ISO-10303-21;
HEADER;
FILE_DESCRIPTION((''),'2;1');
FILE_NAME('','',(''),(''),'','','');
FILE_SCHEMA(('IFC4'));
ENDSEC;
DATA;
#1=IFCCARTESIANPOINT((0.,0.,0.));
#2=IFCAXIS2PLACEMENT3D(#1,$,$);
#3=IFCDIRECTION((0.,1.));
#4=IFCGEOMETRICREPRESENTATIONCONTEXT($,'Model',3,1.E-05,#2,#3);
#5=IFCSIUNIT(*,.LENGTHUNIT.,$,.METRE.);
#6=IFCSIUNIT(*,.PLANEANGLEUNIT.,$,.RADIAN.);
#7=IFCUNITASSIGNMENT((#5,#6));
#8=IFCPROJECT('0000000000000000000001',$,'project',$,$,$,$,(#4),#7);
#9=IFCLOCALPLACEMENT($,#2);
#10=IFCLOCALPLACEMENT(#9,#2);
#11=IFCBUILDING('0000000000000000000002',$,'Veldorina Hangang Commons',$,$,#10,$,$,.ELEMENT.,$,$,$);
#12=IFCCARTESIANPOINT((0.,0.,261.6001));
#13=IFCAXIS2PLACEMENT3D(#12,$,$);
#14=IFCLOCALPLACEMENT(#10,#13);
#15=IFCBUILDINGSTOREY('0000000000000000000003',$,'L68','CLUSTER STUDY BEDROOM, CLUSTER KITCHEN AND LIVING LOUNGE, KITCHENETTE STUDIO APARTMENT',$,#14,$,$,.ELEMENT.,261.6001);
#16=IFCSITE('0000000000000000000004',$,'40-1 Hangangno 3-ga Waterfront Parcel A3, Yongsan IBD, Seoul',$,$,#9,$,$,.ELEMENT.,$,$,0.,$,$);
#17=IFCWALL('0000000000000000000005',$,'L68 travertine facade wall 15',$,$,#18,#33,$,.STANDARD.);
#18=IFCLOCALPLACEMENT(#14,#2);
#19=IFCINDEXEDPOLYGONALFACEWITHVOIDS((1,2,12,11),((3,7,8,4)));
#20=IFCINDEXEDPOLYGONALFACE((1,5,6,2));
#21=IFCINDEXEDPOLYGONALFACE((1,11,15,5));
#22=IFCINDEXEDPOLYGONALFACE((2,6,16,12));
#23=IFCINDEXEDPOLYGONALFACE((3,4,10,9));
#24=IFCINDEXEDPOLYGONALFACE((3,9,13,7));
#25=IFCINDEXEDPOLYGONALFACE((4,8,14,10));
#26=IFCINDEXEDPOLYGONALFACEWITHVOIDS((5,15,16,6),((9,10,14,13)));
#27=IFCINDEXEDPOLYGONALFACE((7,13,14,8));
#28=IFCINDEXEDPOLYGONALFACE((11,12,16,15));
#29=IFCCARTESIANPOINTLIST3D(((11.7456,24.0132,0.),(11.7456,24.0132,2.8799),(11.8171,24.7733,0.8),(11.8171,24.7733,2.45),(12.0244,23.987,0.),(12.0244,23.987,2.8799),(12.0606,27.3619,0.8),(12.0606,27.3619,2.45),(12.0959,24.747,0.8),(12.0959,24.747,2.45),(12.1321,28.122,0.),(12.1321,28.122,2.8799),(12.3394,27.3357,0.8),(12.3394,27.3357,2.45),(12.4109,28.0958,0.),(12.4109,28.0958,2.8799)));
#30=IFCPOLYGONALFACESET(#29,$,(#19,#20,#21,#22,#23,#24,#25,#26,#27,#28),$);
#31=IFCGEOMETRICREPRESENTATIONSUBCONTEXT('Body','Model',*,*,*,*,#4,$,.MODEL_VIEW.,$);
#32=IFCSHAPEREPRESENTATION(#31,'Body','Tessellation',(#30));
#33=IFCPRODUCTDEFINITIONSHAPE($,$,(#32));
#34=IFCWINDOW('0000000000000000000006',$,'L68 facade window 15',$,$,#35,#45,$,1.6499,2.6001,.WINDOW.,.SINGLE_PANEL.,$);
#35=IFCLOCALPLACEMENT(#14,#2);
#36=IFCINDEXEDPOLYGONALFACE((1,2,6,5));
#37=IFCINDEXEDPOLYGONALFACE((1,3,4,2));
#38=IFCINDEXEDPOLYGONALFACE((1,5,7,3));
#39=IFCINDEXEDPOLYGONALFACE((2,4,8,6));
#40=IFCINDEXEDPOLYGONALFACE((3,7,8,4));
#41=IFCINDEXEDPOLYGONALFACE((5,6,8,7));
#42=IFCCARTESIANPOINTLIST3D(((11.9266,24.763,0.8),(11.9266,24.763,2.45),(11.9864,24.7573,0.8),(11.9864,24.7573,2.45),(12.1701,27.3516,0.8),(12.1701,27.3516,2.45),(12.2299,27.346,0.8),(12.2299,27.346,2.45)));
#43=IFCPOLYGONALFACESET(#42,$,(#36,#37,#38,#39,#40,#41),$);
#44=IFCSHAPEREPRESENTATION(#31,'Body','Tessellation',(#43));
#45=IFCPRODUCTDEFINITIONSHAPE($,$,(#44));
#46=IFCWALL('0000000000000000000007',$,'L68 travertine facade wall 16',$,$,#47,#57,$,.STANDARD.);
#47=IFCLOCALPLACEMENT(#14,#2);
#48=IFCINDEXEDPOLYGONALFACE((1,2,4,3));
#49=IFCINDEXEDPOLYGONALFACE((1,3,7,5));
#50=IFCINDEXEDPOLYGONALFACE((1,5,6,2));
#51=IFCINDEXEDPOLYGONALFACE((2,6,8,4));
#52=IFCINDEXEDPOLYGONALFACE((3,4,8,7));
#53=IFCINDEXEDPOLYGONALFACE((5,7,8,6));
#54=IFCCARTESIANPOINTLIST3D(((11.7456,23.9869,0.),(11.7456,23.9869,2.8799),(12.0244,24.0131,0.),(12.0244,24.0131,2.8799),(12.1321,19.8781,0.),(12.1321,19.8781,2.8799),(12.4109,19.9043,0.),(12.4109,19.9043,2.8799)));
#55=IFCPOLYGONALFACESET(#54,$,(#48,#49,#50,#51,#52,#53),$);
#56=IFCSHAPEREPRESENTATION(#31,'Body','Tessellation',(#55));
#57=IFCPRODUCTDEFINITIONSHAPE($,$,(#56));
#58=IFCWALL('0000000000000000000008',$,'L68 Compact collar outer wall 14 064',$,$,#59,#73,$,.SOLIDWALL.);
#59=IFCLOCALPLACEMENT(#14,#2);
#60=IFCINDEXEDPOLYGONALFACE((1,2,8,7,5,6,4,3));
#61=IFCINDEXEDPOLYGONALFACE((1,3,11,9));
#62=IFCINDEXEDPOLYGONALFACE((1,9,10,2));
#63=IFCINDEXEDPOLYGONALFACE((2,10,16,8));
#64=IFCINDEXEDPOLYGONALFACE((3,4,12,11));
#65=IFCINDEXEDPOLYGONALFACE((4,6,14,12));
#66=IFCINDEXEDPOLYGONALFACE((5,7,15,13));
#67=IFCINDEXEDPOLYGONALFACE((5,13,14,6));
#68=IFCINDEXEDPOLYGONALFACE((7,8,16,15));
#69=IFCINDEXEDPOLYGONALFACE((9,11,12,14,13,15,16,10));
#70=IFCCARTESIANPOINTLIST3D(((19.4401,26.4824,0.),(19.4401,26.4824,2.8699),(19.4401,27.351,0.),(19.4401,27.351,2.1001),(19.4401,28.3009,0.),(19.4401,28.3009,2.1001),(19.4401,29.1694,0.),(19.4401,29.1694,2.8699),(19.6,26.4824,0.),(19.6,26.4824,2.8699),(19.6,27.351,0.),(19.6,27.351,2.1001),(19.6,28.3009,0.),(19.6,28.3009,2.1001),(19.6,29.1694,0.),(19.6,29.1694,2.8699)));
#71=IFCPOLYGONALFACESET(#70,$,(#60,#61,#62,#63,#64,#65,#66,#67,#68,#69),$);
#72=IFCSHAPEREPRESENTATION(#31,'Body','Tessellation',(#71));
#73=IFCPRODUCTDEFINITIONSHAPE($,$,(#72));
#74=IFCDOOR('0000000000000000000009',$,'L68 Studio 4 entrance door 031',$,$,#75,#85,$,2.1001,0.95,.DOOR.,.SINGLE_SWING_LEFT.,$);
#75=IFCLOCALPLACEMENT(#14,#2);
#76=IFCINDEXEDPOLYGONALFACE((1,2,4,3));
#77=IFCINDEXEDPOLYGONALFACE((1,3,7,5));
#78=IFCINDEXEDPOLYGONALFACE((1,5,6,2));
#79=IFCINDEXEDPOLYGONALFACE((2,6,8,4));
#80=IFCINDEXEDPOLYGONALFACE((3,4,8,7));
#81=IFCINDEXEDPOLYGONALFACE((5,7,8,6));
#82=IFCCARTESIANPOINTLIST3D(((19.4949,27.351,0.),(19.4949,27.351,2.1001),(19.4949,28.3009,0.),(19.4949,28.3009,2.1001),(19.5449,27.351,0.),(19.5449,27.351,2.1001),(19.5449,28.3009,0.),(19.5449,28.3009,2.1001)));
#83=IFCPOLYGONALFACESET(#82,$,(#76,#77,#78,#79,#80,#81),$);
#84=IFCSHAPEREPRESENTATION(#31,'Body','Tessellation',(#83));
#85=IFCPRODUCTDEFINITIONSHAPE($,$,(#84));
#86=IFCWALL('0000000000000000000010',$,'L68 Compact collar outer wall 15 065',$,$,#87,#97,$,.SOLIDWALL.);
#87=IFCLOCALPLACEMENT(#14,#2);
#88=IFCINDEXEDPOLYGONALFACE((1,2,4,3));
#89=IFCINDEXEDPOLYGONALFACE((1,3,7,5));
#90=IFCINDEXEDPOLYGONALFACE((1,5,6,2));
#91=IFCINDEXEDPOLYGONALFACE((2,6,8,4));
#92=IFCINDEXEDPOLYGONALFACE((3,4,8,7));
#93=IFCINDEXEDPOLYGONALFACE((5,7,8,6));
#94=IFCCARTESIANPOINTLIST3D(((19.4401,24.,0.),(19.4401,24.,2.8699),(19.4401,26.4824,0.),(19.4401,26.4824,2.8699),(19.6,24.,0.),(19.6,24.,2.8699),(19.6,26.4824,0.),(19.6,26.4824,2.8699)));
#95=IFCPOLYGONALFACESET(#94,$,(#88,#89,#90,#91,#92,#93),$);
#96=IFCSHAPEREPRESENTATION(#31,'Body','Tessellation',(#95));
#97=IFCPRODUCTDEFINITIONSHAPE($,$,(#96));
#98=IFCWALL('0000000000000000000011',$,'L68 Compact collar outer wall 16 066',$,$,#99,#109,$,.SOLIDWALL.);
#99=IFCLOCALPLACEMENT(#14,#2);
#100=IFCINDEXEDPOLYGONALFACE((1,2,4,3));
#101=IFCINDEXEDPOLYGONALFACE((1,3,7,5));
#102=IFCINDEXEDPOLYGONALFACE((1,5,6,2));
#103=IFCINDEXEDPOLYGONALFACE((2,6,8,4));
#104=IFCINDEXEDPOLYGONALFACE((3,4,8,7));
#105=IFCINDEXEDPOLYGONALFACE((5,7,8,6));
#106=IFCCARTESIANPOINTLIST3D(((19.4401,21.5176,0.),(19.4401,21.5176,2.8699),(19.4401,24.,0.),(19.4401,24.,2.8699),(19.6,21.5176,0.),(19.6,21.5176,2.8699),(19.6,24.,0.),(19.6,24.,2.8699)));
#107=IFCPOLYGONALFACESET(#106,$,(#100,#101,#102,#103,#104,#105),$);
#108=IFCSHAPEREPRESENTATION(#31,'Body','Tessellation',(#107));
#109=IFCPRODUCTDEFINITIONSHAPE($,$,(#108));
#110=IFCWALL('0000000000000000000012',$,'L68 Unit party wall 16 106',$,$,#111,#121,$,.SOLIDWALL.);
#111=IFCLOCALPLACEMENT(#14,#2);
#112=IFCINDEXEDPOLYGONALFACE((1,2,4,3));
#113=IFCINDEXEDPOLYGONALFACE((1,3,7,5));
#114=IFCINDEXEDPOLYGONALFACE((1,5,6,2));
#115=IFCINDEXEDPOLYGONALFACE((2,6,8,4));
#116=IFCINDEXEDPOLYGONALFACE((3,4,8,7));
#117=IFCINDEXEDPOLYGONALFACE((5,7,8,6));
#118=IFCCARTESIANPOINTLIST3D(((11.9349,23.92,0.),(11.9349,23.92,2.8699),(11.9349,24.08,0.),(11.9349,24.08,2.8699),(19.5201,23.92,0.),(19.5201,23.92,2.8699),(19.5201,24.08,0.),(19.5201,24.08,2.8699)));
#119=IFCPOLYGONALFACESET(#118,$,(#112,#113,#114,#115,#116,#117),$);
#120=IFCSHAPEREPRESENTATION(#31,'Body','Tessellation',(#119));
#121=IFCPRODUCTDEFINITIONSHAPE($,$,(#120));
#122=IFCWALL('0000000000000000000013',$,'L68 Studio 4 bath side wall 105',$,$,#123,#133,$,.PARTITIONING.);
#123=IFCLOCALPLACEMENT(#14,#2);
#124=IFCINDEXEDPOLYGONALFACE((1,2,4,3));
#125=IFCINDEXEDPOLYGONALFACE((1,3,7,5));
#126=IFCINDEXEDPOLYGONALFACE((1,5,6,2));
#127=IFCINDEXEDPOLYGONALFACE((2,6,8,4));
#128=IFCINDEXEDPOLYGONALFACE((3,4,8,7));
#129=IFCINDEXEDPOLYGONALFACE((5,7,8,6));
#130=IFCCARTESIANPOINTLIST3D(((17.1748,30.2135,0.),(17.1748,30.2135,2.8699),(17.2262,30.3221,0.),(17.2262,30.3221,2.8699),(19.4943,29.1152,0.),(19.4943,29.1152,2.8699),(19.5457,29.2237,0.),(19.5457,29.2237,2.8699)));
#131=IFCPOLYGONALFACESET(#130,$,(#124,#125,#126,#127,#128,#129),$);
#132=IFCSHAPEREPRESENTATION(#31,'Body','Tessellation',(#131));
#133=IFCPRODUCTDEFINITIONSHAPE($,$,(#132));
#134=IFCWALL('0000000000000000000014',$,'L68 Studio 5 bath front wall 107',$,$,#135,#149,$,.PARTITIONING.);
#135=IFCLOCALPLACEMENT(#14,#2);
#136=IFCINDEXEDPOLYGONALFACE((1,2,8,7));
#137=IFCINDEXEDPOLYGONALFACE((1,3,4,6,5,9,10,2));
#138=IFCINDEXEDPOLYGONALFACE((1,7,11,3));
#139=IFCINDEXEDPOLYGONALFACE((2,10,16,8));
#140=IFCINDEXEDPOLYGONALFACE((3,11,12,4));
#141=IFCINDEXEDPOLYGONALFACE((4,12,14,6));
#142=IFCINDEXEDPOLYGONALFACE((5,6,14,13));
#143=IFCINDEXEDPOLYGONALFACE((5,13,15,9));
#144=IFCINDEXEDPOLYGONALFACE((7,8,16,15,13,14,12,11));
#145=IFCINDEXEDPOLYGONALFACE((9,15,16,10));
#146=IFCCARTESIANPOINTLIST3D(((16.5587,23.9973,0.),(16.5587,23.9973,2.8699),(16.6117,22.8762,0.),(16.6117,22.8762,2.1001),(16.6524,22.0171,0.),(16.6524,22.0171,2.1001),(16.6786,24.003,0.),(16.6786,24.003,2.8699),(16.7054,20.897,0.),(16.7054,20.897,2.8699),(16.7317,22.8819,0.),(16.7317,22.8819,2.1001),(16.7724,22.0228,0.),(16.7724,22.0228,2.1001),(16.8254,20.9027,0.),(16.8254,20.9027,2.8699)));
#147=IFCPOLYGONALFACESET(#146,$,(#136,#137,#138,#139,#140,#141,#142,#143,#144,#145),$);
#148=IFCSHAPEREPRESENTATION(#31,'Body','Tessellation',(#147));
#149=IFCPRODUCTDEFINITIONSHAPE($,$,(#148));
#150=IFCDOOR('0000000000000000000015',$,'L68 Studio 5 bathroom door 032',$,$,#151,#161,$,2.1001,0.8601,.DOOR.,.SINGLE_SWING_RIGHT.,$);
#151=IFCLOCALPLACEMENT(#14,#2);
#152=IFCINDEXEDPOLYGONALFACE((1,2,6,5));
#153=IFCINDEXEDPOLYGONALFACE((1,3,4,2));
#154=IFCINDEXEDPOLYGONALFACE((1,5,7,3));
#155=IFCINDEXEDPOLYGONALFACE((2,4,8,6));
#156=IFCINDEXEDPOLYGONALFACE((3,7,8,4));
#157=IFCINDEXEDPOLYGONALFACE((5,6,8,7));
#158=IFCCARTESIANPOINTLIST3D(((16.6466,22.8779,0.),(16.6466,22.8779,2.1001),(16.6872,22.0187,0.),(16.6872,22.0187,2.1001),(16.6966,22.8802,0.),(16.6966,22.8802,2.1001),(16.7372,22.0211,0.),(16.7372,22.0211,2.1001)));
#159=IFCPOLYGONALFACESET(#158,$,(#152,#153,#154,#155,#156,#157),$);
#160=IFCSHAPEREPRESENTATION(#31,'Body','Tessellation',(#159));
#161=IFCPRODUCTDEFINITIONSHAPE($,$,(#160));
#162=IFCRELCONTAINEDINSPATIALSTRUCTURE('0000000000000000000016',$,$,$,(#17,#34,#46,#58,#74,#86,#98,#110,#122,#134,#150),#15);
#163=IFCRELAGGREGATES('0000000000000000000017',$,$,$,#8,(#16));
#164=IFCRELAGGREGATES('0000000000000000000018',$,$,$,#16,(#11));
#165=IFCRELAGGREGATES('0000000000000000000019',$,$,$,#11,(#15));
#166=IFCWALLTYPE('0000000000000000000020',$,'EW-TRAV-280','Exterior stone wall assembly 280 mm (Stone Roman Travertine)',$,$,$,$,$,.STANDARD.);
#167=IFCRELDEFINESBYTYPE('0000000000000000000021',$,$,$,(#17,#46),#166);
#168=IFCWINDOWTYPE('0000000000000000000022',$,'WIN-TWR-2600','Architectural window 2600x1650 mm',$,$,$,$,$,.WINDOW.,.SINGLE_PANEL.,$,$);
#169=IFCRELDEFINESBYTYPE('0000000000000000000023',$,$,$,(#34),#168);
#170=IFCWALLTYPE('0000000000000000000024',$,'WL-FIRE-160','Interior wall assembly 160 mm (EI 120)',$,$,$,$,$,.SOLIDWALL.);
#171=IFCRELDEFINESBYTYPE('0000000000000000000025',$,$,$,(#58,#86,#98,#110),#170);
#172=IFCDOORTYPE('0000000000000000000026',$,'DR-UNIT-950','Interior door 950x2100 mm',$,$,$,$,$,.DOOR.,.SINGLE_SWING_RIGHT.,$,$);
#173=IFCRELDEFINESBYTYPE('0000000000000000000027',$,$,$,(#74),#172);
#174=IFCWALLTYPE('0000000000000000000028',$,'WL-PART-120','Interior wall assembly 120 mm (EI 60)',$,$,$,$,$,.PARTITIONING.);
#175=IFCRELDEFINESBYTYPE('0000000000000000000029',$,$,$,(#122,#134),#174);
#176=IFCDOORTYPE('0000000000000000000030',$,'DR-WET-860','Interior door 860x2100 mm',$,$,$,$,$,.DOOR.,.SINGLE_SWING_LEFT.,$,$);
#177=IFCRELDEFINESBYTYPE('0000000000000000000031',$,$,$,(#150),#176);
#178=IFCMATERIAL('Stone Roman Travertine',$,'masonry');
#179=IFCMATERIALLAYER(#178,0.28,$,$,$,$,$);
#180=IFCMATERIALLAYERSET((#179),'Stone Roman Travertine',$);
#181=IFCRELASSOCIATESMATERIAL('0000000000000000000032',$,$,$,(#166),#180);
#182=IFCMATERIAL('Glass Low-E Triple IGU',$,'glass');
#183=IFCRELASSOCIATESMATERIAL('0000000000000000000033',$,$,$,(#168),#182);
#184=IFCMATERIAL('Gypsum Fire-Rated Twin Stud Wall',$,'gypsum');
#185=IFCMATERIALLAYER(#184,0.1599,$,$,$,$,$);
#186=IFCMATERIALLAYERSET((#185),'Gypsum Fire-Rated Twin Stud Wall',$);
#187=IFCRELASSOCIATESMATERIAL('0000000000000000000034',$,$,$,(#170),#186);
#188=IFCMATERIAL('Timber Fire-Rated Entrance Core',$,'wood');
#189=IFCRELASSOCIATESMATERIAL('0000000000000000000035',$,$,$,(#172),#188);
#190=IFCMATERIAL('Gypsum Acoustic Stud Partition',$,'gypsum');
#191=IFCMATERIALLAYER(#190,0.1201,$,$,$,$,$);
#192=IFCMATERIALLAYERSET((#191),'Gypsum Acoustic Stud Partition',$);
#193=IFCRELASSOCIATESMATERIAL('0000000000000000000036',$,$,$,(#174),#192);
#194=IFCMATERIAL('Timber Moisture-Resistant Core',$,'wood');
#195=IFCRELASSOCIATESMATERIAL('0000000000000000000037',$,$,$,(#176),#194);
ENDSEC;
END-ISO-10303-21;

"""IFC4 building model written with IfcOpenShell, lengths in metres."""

from ifc_helpers import new_model, si_unit, direction, frame, frame_2d, origin, place, context, subcontext, project, spatial, rectangle, extrude, material, layer, layer_set, type_object, element, fill, save


model = new_model("IFC4")

# Units and contexts
model_context = context("Model", 3, precision=1e-05, world=origin(), true_north=direction((0.0, 1.0)))
body_context = subcontext(model_context, "Body", "Model", "MODEL_VIEW")
ifc_project = project(units=[si_unit("LENGTHUNIT", "METRE"), si_unit("PLANEANGLEUNIT", "RADIAN")], contexts=[model_context])

# Site, building, storey
site_placement = place(None, origin())
site = spatial("IfcSite", under=ifc_project, at=site_placement, Name="40-1 Hangangno 3-ga Waterfront Parcel A3, Yongsan IBD, Seoul", CompositionType="ELEMENT", RefElevation=0.0)
building_placement = place(site_placement, origin())
building = spatial("IfcBuilding", under=site, at=building_placement, Name="Veldorina Hangang Commons", CompositionType="ELEMENT")
storey_placement = place(building_placement, frame((0.0, 0.0, 261.6001)))
storey = spatial("IfcBuildingStorey", under=building, at=storey_placement, Name="L68", Description="CLUSTER STUDY BEDROOM, CLUSTER KITCHEN AND LIVING LOUNGE, KITCHENETTE STUDIO APARTMENT", CompositionType="ELEMENT", Elevation=261.6001)

# Shared definitions
ifc_material_1 = material(Name="Stone Roman Travertine", Category="masonry")
ifc_layer_1 = layer(ifc_material_1, 0.28)
ifc_layer_set_1 = layer_set([ifc_layer_1], Name="Stone Roman Travertine")
wall_type_1 = type_object("IfcWallType", Name="EW-TRAV-280", Description="Exterior stone wall assembly 280 mm (Stone Roman Travertine)", PredefinedType="STANDARD", material=ifc_layer_set_1)

# Wall, opening, window
wall_1_placement = place(storey_placement, frame((12.2715, 28.1089, 0.0), z_axis=(0.0, 0.0, 1.0), x_axis=(-0.093645, -0.995606, 0.0)))
wall_1 = element("IfcWall", 1, at=wall_1_placement, inside=storey, type_object=wall_type_1, Name="L68 travertine facade wall 15", PredefinedType="STANDARD", context=body_context, shape_type="SweptSolid", body=[
    extrude(rectangle(XDim=4.127, YDim=0.28, at=frame_2d((2.0635, 0.0))), origin(), (0.0, 0.0, 1.0), 2.8799),
])
opening_1_placement = place(wall_1_placement, frame((0.7634, 0.0, 0.8)))
opening_1 = element("IfcOpeningElement", 2, at=opening_1_placement, cuts=wall_1, PredefinedType="OPENING", context=body_context, shape_type="SweptSolid", body=[
    extrude(rectangle(XDim=2.6001, YDim=1.6499, at=frame_2d((1.3, 0.825))), frame((0.0, 0.1499, 0.0), z_axis=(0.0, -1.0, 0.0), x_axis=(1.0, 0.0, 0.0)), (0.0, 0.0, 1.0), 0.3),
])
ifc_material_2 = material(Name="Glass Low-E Triple IGU", Category="glass")
window_type = type_object("IfcWindowType", Name="WIN-TWR-2600", Description="Architectural window 2600x1650 mm", PartitioningType="SINGLE_PANEL", PredefinedType="WINDOW", material=ifc_material_2)
window_placement = place(opening_1_placement, origin())
window = element("IfcWindow", 3, at=window_placement, inside=storey, type_object=window_type, Name="L68 facade window 15", OverallHeight=1.6499, OverallWidth=2.6001, PartitioningType="SINGLE_PANEL", PredefinedType="WINDOW", context=body_context, shape_type="SweptSolid", body=[
    extrude(rectangle(XDim=2.6001, YDim=1.6499, at=frame_2d((1.3, 0.825))), frame((0.0, 0.03, 0.0), z_axis=(0.0, -1.0, 0.0), x_axis=(1.0, 0.0, 0.0)), (0.0, 0.0, 1.0), 0.0601),
])
fill(opening_1, window)

# Wall
wall_2_placement = place(storey_placement, frame((11.885, 24.0, 0.0), z_axis=(0.0, 0.0, 1.0), x_axis=(0.093645, -0.995606, 0.0)))
element("IfcWall", 4, at=wall_2_placement, inside=storey, type_object=wall_type_1, Name="L68 travertine facade wall 16", PredefinedType="STANDARD", context=body_context, shape_type="SweptSolid", body=[
    extrude(rectangle(XDim=4.127, YDim=0.28, at=frame_2d((2.0635, 0.0))), origin(), (0.0, 0.0, 1.0), 2.8799),
])

# Wall, opening, door
ifc_material_3 = material(Name="Gypsum Fire-Rated Twin Stud Wall", Category="gypsum")
ifc_layer_2 = layer(ifc_material_3, 0.1599)
ifc_layer_set_2 = layer_set([ifc_layer_2], Name="Gypsum Fire-Rated Twin Stud Wall")
wall_type_2 = type_object("IfcWallType", Name="WL-FIRE-160", Description="Interior wall assembly 160 mm (EI 120)", PredefinedType="SOLIDWALL", material=ifc_layer_set_2)
wall_3_placement = place(storey_placement, frame((19.52, 29.1694, 0.0), z_axis=(0.0, 0.0, 1.0), x_axis=(0.0, -1.0, 0.0)))
wall_3 = element("IfcWall", 5, at=wall_3_placement, inside=storey, type_object=wall_type_2, Name="L68 Compact collar outer wall 14 064", PredefinedType="SOLIDWALL", context=body_context, shape_type="SweptSolid", body=[
    extrude(rectangle(XDim=2.687, YDim=0.1599, at=frame_2d((1.3435, 0.0))), origin(), (0.0, 0.0, 1.0), 2.8699),
])
opening_2_placement = place(wall_3_placement, frame((0.8684, 0.0, 0.0)))
opening_2 = element("IfcOpeningElement", 6, at=opening_2_placement, cuts=wall_3, PredefinedType="OPENING", context=body_context, shape_type="SweptSolid", body=[
    extrude(rectangle(XDim=0.95, YDim=2.1001, at=frame_2d((0.4751, 1.05))), frame((0.0, 0.0898, 0.0), z_axis=(0.0, -1.0, 0.0), x_axis=(1.0, 0.0, 0.0)), (0.0, 0.0, 1.0), 0.1799),
])
ifc_material_4 = material(Name="Timber Fire-Rated Entrance Core", Category="wood")
door_type_1 = type_object("IfcDoorType", Name="DR-UNIT-950", Description="Interior door 950x2100 mm", OperationType="SINGLE_SWING_RIGHT", PredefinedType="DOOR", material=ifc_material_4)
door_1_placement = place(opening_2_placement, origin())
door_1 = element("IfcDoor", 7, at=door_1_placement, inside=storey, type_object=door_type_1, Name="L68 Studio 4 entrance door 031", OperationType="SINGLE_SWING_LEFT", OverallHeight=2.1001, OverallWidth=0.95, PredefinedType="DOOR", context=body_context, shape_type="SweptSolid", body=[
    extrude(rectangle(XDim=0.95, YDim=2.1001, at=frame_2d((0.4751, 1.05))), frame((0.0, 0.0249, 0.0), z_axis=(0.0, -1.0, 0.0), x_axis=(1.0, 0.0, 0.0)), (0.0, 0.0, 1.0), 0.05),
])
fill(opening_2, door_1)

# Walls
for number, where, z_axis, x_axis, name in (
    (8, (19.52, 26.4824, 0.0), (0.0, 0.0, 1.0), (0.0, -1.0, 0.0), "L68 Compact collar outer wall 15 065"),
    (9, (19.52, 24.0, 0.0), (0.0, 0.0, 1.0), (0.0, -1.0, 0.0), "L68 Compact collar outer wall 16 066"),
):
    element("IfcWall", number, at=place(storey_placement, frame(where, z_axis=z_axis, x_axis=x_axis)), inside=storey, type_object=wall_type_2, Name=name, PredefinedType="SOLIDWALL", context=body_context, shape_type="SweptSolid", body=[
        extrude(rectangle(XDim=2.4824, YDim=0.1599, at=frame_2d((1.2412, 0.0))), origin(), (0.0, 0.0, 1.0), 2.8699),
    ])
wall_4_placement = place(storey_placement, frame((19.52, 24.0, 0.0), z_axis=(0.0, 0.0, 1.0), x_axis=(-1.0, 0.0, 0.0)))
element("IfcWall", 10, at=wall_4_placement, inside=storey, type_object=wall_type_2, Name="L68 Unit party wall 16 106", PredefinedType="SOLIDWALL", context=body_context, shape_type="SweptSolid", body=[
    extrude(rectangle(XDim=7.5852, YDim=0.1599, at=frame_2d((3.7925, 0.0))), origin(), (0.0, 0.0, 1.0), 2.8699),
])
ifc_material_5 = material(Name="Gypsum Acoustic Stud Partition", Category="gypsum")
ifc_layer_3 = layer(ifc_material_5, 0.1201)
ifc_layer_set_3 = layer_set([ifc_layer_3], Name="Gypsum Acoustic Stud Partition")
wall_type_3 = type_object("IfcWallType", Name="WL-PART-120", Description="Interior wall assembly 120 mm (EI 60)", PredefinedType="PARTITIONING", material=ifc_layer_set_3)
wall_5_placement = place(storey_placement, frame((19.52, 29.1694, 0.0), z_axis=(0.0, 0.0, 1.0), x_axis=(-0.903792, 0.427972, 0.0)))
element("IfcWall", 11, at=wall_5_placement, inside=storey, type_object=wall_type_3, Name="L68 Studio 4 bath side wall 105", PredefinedType="PARTITIONING", context=body_context, shape_type="SweptSolid", body=[
    extrude(rectangle(XDim=2.5664, YDim=0.1201, at=frame_2d((1.2832, 0.0))), origin(), (0.0, 0.0, 1.0), 2.8699),
])

# Wall, opening, door
wall_6_placement = place(storey_placement, frame((16.6187, 24.0, 0.0), z_axis=(0.0, 0.0, 1.0), x_axis=(0.047274, -0.998882, 0.0)))
wall_6 = element("IfcWall", 12, at=wall_6_placement, inside=storey, type_object=wall_type_3, Name="L68 Studio 5 bath front wall 107", PredefinedType="PARTITIONING", context=body_context, shape_type="SweptSolid", body=[
    extrude(rectangle(XDim=3.1038, YDim=0.1201, at=frame_2d((1.5518, 0.0))), origin(), (0.0, 0.0, 1.0), 2.8699),
])
opening_3_placement = place(wall_6_placement, frame((1.1221, 0.0, 0.0)))
opening_3 = element("IfcOpeningElement", 13, at=opening_3_placement, cuts=wall_6, PredefinedType="OPENING", context=body_context, shape_type="SweptSolid", body=[
    extrude(rectangle(XDim=0.8601, YDim=2.1001, at=frame_2d((0.4302, 1.05))), frame((0.0, 0.0701, 0.0), z_axis=(0.0, -1.0, 0.0), x_axis=(1.0, 0.0, 0.0)), (0.0, 0.0, 1.0), 0.1401),
])
ifc_material_6 = material(Name="Timber Moisture-Resistant Core", Category="wood")
door_type_2 = type_object("IfcDoorType", Name="DR-WET-860", Description="Interior door 860x2100 mm", OperationType="SINGLE_SWING_LEFT", PredefinedType="DOOR", material=ifc_material_6)
door_2_placement = place(opening_3_placement, origin())
door_2 = element("IfcDoor", 14, at=door_2_placement, inside=storey, type_object=door_type_2, Name="L68 Studio 5 bathroom door 032", OperationType="SINGLE_SWING_RIGHT", OverallHeight=2.1001, OverallWidth=0.8601, PredefinedType="DOOR", context=body_context, shape_type="SweptSolid", body=[
    extrude(rectangle(XDim=0.8601, YDim=2.1001, at=frame_2d((0.4302, 1.05))), frame((0.0, 0.0249, 0.0), z_axis=(0.0, -1.0, 0.0), x_axis=(1.0, 0.0, 0.0)), (0.0, 0.0, 1.0), 0.05),
])
fill(opening_3, door_2)

save(model, "model.ifc")
